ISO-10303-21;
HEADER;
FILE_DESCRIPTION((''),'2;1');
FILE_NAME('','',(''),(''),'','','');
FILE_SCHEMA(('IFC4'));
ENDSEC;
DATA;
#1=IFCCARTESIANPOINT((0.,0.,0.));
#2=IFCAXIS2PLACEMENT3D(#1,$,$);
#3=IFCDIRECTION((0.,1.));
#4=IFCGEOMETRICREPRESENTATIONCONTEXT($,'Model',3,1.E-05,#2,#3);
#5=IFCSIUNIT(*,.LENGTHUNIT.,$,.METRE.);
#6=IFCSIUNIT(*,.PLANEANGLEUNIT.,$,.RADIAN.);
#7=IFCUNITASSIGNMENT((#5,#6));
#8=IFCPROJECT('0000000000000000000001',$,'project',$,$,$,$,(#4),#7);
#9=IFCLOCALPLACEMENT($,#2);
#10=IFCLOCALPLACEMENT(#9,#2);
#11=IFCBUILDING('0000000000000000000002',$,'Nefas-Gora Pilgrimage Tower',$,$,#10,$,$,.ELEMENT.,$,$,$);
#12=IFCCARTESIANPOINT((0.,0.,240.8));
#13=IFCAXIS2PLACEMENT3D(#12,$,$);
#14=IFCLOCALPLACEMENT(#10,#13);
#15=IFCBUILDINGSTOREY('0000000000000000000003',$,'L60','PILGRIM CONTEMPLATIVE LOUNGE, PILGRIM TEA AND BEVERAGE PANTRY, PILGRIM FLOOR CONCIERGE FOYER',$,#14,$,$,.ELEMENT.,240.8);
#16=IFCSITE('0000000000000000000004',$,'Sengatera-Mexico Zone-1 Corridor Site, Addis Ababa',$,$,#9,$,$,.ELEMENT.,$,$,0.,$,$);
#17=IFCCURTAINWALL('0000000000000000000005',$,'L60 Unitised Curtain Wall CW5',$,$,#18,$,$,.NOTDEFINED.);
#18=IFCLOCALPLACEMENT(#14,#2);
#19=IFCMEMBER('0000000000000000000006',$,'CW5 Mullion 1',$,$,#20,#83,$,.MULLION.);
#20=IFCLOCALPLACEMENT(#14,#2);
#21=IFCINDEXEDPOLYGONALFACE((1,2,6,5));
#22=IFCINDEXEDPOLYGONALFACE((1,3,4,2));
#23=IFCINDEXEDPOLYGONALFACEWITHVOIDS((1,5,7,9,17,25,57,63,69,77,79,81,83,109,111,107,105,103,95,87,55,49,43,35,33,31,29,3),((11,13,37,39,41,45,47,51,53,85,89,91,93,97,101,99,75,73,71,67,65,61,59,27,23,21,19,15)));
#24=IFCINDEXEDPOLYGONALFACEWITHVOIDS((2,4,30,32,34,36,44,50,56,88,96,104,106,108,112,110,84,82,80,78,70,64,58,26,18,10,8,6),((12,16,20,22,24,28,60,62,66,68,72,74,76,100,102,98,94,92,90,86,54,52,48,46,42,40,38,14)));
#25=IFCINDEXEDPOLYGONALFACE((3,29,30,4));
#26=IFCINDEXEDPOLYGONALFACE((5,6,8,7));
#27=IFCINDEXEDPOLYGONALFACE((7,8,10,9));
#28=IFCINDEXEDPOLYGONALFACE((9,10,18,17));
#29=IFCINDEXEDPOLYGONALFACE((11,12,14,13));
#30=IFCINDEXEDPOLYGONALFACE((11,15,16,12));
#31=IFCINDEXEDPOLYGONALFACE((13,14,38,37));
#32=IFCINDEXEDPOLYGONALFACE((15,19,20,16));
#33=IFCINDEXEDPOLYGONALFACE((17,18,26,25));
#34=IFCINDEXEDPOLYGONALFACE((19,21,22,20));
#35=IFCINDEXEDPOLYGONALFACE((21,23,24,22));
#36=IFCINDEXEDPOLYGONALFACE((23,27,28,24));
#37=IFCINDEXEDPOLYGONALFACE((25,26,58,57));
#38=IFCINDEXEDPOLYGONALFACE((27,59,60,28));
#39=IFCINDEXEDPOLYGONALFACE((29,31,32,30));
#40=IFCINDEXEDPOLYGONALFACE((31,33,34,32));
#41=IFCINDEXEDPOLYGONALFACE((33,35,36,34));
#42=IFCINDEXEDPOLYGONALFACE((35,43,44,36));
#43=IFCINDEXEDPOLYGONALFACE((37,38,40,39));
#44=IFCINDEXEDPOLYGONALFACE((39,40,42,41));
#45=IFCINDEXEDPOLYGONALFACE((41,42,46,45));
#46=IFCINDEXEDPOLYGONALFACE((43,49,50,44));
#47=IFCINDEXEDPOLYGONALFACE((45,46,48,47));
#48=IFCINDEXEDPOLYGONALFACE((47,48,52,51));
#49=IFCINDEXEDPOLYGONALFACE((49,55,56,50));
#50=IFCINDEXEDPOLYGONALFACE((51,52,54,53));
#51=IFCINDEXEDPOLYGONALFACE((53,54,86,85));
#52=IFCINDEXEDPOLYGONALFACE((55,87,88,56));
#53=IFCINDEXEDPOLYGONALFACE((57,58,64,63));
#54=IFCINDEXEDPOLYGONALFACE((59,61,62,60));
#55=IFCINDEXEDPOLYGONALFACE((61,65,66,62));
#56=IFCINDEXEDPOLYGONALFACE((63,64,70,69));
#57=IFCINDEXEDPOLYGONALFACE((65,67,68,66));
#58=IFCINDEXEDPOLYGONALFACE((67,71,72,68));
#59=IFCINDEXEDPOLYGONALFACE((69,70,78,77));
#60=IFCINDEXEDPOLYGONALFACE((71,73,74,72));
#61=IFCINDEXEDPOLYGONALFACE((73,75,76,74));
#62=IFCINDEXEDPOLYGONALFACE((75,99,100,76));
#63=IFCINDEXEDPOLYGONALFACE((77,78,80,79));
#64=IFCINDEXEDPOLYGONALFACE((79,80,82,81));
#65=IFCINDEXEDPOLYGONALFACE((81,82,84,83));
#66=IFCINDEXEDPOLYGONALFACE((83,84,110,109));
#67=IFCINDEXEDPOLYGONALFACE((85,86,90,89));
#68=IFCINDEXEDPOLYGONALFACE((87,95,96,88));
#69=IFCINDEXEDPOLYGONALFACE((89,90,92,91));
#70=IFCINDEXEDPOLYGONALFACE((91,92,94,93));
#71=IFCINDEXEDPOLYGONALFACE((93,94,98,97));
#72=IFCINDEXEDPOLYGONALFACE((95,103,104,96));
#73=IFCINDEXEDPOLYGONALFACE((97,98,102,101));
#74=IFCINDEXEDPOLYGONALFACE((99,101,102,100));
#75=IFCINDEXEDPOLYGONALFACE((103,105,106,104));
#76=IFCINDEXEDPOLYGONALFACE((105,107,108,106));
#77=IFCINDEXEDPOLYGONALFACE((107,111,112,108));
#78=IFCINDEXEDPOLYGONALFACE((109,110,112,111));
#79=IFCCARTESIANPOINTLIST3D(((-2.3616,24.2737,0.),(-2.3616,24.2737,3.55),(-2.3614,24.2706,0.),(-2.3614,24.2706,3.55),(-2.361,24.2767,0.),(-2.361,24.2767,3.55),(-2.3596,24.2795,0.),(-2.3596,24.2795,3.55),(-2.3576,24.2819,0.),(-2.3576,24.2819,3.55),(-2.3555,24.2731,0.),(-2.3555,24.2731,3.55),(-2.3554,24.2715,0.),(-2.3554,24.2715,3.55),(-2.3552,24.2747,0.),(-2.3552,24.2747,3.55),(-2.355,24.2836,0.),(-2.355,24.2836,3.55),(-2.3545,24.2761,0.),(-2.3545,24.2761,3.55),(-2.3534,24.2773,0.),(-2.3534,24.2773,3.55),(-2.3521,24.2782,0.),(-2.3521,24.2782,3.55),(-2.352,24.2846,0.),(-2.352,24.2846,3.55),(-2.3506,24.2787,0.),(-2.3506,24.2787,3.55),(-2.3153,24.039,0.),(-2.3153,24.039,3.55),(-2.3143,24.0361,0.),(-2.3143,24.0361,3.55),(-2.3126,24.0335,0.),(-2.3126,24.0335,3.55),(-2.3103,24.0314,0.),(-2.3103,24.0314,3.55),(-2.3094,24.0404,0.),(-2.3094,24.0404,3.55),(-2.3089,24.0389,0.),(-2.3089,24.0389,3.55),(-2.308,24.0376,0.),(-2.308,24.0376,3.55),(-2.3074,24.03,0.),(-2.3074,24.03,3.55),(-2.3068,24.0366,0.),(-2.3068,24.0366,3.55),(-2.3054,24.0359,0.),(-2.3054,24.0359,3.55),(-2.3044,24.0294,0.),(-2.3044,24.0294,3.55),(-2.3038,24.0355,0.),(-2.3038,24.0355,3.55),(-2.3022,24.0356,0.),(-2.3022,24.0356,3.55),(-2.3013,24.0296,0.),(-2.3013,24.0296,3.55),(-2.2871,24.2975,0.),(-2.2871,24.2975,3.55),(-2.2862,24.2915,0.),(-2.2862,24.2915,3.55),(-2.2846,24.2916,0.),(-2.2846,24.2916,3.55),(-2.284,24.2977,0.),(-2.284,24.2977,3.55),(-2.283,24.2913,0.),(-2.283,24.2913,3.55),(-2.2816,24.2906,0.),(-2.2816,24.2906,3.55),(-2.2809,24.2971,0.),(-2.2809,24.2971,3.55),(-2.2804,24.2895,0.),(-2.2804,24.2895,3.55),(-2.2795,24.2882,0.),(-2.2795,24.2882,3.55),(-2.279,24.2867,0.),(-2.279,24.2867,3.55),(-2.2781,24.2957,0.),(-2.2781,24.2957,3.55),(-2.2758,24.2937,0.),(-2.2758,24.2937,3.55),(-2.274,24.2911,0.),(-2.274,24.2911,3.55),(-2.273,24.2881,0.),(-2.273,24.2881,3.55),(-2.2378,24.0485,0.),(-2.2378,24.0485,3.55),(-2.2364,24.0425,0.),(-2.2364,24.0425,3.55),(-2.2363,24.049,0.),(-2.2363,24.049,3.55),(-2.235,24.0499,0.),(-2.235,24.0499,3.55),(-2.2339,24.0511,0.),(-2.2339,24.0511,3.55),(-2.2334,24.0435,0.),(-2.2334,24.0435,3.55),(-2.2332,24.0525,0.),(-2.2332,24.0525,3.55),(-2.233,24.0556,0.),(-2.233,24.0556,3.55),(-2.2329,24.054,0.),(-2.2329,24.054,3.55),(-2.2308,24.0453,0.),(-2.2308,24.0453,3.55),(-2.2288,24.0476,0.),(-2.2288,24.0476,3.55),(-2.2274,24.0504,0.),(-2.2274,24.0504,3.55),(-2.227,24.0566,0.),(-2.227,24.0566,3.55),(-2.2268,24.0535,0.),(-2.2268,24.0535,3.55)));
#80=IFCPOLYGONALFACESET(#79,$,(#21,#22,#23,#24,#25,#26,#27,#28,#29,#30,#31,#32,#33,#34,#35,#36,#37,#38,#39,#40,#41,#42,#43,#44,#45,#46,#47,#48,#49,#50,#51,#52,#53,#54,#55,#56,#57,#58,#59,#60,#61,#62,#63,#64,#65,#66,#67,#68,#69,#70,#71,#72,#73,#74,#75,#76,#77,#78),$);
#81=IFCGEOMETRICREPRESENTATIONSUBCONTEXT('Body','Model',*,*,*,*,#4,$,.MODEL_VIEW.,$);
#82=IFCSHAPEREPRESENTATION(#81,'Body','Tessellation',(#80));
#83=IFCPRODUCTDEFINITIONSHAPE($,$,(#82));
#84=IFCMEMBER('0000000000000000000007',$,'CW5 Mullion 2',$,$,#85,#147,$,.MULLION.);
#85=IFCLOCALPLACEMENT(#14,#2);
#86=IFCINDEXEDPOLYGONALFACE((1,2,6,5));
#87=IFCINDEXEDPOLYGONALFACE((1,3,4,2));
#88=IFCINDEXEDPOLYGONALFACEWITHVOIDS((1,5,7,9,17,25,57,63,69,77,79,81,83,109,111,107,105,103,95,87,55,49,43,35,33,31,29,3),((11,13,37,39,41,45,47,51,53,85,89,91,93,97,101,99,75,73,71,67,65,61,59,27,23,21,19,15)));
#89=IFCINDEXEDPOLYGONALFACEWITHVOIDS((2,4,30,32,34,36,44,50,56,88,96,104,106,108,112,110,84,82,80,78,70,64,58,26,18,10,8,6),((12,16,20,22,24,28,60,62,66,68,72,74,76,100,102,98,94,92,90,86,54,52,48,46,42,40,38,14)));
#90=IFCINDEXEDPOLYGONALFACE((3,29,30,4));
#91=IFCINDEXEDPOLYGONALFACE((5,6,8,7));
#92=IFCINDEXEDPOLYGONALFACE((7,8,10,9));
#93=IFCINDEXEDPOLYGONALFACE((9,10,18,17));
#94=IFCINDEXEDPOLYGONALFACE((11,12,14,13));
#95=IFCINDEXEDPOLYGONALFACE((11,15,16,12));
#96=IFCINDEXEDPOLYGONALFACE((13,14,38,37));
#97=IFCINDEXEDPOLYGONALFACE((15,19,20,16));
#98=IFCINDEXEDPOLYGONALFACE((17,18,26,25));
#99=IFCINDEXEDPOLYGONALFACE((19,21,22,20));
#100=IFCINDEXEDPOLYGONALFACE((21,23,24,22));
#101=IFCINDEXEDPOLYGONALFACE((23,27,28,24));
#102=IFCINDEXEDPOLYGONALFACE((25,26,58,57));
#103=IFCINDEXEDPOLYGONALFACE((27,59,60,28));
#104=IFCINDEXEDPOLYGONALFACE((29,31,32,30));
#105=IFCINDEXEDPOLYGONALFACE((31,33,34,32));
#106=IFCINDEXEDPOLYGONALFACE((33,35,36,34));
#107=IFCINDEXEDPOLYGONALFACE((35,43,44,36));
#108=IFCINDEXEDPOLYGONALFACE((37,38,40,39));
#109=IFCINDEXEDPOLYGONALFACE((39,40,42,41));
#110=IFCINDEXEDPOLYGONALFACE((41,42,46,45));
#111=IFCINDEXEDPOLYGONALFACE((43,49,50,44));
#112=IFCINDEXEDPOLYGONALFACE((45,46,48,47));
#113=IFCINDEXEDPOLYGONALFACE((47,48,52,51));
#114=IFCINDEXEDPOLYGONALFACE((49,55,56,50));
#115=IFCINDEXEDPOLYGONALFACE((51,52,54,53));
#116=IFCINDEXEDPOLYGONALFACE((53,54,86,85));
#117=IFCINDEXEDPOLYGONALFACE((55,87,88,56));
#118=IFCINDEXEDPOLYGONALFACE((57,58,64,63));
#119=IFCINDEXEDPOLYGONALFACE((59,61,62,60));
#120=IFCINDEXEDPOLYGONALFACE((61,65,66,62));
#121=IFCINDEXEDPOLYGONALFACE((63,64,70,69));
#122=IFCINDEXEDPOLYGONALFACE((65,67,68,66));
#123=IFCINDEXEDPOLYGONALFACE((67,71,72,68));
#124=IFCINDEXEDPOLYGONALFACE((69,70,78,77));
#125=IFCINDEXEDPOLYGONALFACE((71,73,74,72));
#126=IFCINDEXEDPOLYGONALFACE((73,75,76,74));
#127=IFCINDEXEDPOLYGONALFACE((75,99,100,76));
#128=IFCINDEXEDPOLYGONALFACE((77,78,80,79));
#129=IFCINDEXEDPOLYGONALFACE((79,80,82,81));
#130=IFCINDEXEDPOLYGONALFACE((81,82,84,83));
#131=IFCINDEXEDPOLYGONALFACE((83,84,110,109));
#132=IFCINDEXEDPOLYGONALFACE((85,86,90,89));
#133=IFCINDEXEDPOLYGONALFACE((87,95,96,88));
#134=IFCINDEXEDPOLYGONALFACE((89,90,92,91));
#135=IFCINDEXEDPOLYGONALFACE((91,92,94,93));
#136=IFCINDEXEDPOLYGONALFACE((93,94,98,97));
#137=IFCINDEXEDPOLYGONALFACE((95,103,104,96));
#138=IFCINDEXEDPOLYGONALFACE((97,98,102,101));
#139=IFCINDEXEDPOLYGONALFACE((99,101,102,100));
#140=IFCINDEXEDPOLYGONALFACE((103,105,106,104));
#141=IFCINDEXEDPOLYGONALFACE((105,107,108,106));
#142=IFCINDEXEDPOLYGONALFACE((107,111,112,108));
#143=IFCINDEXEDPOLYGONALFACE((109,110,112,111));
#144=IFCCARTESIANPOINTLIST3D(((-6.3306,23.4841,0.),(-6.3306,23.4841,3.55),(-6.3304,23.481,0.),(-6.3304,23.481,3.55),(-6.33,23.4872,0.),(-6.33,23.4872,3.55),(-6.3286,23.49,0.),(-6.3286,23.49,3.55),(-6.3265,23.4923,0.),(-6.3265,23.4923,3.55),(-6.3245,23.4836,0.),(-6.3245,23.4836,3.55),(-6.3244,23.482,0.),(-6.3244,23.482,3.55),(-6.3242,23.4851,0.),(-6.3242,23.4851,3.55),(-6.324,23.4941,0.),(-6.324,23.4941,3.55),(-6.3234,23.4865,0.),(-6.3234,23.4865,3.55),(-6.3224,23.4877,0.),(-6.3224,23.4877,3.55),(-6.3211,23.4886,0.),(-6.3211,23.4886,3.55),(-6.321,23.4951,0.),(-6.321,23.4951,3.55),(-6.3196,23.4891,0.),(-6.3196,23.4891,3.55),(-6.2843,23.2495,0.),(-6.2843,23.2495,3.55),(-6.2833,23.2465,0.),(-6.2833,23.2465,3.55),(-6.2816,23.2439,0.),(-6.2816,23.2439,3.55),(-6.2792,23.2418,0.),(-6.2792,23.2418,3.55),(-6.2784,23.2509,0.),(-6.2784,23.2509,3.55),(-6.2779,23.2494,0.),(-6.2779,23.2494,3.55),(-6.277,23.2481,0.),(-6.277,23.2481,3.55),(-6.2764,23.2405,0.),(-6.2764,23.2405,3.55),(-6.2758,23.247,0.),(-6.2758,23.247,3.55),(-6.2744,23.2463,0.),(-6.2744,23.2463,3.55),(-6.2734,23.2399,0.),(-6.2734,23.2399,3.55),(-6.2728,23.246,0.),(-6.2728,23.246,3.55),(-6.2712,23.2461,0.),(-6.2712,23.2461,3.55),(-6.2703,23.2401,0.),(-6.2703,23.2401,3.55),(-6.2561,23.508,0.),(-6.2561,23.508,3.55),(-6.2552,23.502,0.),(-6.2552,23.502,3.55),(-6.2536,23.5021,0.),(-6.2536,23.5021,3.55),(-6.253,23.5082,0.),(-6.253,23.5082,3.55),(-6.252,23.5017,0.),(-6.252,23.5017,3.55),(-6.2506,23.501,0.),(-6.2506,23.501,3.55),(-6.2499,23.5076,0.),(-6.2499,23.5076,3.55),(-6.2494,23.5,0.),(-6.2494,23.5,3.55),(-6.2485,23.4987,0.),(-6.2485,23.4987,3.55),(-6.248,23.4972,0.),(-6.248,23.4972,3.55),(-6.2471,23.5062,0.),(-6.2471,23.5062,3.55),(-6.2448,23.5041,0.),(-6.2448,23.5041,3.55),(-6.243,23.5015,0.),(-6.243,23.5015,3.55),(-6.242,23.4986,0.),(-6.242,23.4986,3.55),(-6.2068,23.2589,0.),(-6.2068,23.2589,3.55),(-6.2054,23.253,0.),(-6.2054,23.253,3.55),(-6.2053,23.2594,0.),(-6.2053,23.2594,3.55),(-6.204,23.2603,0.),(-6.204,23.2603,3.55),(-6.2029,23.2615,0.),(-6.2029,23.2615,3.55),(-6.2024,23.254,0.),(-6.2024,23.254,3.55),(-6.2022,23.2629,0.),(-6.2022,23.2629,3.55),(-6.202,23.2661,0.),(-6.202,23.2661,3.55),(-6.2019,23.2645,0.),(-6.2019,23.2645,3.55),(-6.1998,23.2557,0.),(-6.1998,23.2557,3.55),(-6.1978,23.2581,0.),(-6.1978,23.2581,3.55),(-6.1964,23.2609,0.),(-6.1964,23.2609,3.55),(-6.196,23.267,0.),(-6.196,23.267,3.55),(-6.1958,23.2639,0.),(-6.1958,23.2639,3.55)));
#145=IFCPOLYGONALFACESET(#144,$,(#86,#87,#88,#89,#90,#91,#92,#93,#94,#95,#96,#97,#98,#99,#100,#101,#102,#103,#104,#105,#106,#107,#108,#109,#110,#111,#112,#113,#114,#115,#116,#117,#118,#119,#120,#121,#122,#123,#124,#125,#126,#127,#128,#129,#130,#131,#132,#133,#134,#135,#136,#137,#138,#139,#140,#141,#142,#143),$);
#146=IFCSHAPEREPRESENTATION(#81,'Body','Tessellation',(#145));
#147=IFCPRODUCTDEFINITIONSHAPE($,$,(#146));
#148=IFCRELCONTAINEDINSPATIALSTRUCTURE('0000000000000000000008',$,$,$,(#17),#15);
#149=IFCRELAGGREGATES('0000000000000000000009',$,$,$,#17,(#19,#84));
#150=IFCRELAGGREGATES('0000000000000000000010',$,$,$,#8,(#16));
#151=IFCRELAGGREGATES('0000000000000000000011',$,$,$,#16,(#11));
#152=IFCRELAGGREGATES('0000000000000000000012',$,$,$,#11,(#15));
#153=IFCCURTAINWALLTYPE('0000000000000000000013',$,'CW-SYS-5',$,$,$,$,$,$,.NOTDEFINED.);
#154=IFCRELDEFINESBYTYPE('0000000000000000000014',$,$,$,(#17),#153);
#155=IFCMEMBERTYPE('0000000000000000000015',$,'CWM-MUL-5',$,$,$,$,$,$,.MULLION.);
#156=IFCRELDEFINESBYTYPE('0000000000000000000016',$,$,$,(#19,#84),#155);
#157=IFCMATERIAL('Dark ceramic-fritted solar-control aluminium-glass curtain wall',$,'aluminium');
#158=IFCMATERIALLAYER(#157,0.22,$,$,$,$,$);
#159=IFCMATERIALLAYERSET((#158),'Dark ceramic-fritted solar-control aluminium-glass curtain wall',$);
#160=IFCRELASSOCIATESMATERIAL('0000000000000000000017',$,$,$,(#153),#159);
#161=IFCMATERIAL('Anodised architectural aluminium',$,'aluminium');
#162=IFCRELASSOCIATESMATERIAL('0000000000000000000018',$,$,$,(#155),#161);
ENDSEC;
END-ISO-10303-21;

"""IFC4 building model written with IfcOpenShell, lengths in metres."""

from ifc_helpers import new_model, si_unit, direction, frame, origin, origin_2d, place, context, subcontext, project, spatial, hollow_rectangle, extrude, source, transform, mapped, material, layer, layer_set, material_profile, profile_set, type_object, element, aggregate, save


model = new_model("IFC4")

# Units and contexts
model_context = context("Model", 3, precision=1e-05, world=origin(), true_north=direction((0.0, 1.0)))
body_context = subcontext(model_context, "Body", "Model", "MODEL_VIEW")
ifc_project = project(units=[si_unit("LENGTHUNIT", "METRE"), si_unit("PLANEANGLEUNIT", "RADIAN")], contexts=[model_context])

# Site, building, storey
site_placement = place(None, origin())
site = spatial("IfcSite", under=ifc_project, at=site_placement, Name="Sengatera-Mexico Zone-1 Corridor Site, Addis Ababa", CompositionType="ELEMENT", RefElevation=0.0)
building_placement = place(site_placement, origin())
building = spatial("IfcBuilding", under=site, at=building_placement, Name="Nefas-Gora Pilgrimage Tower", CompositionType="ELEMENT")
storey_placement = place(building_placement, frame((0.0, 0.0, 240.8)))
storey = spatial("IfcBuildingStorey", under=building, at=storey_placement, Name="L60", Description="PILGRIM CONTEMPLATIVE LOUNGE, PILGRIM TEA AND BEVERAGE PANTRY, PILGRIM FLOOR CONCIERGE FOYER", CompositionType="ELEMENT", Elevation=240.8)

# Curtain wall, members
ifc_material_1 = material(Name="Dark ceramic-fritted solar-control aluminium-glass curtain wall", Category="aluminium")
ifc_layer_1 = layer(ifc_material_1, 0.22)
ifc_layer_set_1 = layer_set([ifc_layer_1], Name="Dark ceramic-fritted solar-control aluminium-glass curtain wall")
curtain_wall_type = type_object("IfcCurtainWallType", Name="CW-SYS-5", PredefinedType="NOTDEFINED", material=ifc_layer_set_1)
curtain_wall_1_placement = place(storey_placement, origin())
curtain_wall_1 = element("IfcCurtainWall", 1, at=curtain_wall_1_placement, inside=storey, type_object=curtain_wall_type, Name="L60 Unitised Curtain Wall CW5", PredefinedType="NOTDEFINED")
ifc_material_2 = material(Name="Anodised architectural aluminium", Category="aluminium")
ifc_material_profile_1 = material_profile(ifc_material_2, hollow_rectangle(XDim=0.0901, YDim=0.26, WallThickness=0.0061, InnerFilletRadius=0.0061, OuterFilletRadius=0.012, at=origin_2d()), Name="ALU MULLION 90x260")
ifc_profile_set_1 = profile_set([ifc_material_profile_1], Name="Anodised architectural aluminium")
member_type_1 = type_object("IfcMemberType", Name="CWM-MUL-5", PredefinedType="MULLION", material=ifc_profile_set_1)
shared_shape_1 = source(origin(), body_context, "Body", "SweptSolid", [
    extrude(hollow_rectangle(XDim=0.0901, YDim=0.26, WallThickness=0.0061, InnerFilletRadius=0.0061, OuterFilletRadius=0.012, at=origin_2d()), origin(), (0.0, 0.0, 1.0), 3.55),
])
member_1_placement = place(storey_placement, frame((-2.2942, 24.1636, 0.0), z_axis=(0.0, 0.0, 1.0), x_axis=(-0.980783, -0.195102, 0.0)))
member_1 = element("IfcMember", 2, at=member_1_placement, type_object=member_type_1, Name="CW5 Mullion 1", PredefinedType="MULLION", context=body_context, shape_type="MappedRepresentation", body=[
    mapped(shared_shape_1, transform((0.0, 0.0, 0.0), x_axis=(1.0, 0.0, 0.0), y_axis=(0.0, 1.0, 0.0), z_axis=(0.0, 0.0, 1.0), scale=1.0)),
])
member_2_placement = place(storey_placement, frame((-6.2632, 23.374, 0.0), z_axis=(0.0, 0.0, 1.0), x_axis=(-0.980783, -0.195102, 0.0)))
member_2 = element("IfcMember", 3, at=member_2_placement, type_object=member_type_1, Name="CW5 Mullion 2", PredefinedType="MULLION", context=body_context, shape_type="MappedRepresentation", body=[
    mapped(shared_shape_1, transform((0.0, 0.0, 0.0), x_axis=(1.0, 0.0, 0.0), y_axis=(0.0, 1.0, 0.0), z_axis=(0.0, 0.0, 1.0), scale=1.0)),
])

aggregate(curtain_wall_1, [member_1, member_2])

save(model, "model.ifc")
